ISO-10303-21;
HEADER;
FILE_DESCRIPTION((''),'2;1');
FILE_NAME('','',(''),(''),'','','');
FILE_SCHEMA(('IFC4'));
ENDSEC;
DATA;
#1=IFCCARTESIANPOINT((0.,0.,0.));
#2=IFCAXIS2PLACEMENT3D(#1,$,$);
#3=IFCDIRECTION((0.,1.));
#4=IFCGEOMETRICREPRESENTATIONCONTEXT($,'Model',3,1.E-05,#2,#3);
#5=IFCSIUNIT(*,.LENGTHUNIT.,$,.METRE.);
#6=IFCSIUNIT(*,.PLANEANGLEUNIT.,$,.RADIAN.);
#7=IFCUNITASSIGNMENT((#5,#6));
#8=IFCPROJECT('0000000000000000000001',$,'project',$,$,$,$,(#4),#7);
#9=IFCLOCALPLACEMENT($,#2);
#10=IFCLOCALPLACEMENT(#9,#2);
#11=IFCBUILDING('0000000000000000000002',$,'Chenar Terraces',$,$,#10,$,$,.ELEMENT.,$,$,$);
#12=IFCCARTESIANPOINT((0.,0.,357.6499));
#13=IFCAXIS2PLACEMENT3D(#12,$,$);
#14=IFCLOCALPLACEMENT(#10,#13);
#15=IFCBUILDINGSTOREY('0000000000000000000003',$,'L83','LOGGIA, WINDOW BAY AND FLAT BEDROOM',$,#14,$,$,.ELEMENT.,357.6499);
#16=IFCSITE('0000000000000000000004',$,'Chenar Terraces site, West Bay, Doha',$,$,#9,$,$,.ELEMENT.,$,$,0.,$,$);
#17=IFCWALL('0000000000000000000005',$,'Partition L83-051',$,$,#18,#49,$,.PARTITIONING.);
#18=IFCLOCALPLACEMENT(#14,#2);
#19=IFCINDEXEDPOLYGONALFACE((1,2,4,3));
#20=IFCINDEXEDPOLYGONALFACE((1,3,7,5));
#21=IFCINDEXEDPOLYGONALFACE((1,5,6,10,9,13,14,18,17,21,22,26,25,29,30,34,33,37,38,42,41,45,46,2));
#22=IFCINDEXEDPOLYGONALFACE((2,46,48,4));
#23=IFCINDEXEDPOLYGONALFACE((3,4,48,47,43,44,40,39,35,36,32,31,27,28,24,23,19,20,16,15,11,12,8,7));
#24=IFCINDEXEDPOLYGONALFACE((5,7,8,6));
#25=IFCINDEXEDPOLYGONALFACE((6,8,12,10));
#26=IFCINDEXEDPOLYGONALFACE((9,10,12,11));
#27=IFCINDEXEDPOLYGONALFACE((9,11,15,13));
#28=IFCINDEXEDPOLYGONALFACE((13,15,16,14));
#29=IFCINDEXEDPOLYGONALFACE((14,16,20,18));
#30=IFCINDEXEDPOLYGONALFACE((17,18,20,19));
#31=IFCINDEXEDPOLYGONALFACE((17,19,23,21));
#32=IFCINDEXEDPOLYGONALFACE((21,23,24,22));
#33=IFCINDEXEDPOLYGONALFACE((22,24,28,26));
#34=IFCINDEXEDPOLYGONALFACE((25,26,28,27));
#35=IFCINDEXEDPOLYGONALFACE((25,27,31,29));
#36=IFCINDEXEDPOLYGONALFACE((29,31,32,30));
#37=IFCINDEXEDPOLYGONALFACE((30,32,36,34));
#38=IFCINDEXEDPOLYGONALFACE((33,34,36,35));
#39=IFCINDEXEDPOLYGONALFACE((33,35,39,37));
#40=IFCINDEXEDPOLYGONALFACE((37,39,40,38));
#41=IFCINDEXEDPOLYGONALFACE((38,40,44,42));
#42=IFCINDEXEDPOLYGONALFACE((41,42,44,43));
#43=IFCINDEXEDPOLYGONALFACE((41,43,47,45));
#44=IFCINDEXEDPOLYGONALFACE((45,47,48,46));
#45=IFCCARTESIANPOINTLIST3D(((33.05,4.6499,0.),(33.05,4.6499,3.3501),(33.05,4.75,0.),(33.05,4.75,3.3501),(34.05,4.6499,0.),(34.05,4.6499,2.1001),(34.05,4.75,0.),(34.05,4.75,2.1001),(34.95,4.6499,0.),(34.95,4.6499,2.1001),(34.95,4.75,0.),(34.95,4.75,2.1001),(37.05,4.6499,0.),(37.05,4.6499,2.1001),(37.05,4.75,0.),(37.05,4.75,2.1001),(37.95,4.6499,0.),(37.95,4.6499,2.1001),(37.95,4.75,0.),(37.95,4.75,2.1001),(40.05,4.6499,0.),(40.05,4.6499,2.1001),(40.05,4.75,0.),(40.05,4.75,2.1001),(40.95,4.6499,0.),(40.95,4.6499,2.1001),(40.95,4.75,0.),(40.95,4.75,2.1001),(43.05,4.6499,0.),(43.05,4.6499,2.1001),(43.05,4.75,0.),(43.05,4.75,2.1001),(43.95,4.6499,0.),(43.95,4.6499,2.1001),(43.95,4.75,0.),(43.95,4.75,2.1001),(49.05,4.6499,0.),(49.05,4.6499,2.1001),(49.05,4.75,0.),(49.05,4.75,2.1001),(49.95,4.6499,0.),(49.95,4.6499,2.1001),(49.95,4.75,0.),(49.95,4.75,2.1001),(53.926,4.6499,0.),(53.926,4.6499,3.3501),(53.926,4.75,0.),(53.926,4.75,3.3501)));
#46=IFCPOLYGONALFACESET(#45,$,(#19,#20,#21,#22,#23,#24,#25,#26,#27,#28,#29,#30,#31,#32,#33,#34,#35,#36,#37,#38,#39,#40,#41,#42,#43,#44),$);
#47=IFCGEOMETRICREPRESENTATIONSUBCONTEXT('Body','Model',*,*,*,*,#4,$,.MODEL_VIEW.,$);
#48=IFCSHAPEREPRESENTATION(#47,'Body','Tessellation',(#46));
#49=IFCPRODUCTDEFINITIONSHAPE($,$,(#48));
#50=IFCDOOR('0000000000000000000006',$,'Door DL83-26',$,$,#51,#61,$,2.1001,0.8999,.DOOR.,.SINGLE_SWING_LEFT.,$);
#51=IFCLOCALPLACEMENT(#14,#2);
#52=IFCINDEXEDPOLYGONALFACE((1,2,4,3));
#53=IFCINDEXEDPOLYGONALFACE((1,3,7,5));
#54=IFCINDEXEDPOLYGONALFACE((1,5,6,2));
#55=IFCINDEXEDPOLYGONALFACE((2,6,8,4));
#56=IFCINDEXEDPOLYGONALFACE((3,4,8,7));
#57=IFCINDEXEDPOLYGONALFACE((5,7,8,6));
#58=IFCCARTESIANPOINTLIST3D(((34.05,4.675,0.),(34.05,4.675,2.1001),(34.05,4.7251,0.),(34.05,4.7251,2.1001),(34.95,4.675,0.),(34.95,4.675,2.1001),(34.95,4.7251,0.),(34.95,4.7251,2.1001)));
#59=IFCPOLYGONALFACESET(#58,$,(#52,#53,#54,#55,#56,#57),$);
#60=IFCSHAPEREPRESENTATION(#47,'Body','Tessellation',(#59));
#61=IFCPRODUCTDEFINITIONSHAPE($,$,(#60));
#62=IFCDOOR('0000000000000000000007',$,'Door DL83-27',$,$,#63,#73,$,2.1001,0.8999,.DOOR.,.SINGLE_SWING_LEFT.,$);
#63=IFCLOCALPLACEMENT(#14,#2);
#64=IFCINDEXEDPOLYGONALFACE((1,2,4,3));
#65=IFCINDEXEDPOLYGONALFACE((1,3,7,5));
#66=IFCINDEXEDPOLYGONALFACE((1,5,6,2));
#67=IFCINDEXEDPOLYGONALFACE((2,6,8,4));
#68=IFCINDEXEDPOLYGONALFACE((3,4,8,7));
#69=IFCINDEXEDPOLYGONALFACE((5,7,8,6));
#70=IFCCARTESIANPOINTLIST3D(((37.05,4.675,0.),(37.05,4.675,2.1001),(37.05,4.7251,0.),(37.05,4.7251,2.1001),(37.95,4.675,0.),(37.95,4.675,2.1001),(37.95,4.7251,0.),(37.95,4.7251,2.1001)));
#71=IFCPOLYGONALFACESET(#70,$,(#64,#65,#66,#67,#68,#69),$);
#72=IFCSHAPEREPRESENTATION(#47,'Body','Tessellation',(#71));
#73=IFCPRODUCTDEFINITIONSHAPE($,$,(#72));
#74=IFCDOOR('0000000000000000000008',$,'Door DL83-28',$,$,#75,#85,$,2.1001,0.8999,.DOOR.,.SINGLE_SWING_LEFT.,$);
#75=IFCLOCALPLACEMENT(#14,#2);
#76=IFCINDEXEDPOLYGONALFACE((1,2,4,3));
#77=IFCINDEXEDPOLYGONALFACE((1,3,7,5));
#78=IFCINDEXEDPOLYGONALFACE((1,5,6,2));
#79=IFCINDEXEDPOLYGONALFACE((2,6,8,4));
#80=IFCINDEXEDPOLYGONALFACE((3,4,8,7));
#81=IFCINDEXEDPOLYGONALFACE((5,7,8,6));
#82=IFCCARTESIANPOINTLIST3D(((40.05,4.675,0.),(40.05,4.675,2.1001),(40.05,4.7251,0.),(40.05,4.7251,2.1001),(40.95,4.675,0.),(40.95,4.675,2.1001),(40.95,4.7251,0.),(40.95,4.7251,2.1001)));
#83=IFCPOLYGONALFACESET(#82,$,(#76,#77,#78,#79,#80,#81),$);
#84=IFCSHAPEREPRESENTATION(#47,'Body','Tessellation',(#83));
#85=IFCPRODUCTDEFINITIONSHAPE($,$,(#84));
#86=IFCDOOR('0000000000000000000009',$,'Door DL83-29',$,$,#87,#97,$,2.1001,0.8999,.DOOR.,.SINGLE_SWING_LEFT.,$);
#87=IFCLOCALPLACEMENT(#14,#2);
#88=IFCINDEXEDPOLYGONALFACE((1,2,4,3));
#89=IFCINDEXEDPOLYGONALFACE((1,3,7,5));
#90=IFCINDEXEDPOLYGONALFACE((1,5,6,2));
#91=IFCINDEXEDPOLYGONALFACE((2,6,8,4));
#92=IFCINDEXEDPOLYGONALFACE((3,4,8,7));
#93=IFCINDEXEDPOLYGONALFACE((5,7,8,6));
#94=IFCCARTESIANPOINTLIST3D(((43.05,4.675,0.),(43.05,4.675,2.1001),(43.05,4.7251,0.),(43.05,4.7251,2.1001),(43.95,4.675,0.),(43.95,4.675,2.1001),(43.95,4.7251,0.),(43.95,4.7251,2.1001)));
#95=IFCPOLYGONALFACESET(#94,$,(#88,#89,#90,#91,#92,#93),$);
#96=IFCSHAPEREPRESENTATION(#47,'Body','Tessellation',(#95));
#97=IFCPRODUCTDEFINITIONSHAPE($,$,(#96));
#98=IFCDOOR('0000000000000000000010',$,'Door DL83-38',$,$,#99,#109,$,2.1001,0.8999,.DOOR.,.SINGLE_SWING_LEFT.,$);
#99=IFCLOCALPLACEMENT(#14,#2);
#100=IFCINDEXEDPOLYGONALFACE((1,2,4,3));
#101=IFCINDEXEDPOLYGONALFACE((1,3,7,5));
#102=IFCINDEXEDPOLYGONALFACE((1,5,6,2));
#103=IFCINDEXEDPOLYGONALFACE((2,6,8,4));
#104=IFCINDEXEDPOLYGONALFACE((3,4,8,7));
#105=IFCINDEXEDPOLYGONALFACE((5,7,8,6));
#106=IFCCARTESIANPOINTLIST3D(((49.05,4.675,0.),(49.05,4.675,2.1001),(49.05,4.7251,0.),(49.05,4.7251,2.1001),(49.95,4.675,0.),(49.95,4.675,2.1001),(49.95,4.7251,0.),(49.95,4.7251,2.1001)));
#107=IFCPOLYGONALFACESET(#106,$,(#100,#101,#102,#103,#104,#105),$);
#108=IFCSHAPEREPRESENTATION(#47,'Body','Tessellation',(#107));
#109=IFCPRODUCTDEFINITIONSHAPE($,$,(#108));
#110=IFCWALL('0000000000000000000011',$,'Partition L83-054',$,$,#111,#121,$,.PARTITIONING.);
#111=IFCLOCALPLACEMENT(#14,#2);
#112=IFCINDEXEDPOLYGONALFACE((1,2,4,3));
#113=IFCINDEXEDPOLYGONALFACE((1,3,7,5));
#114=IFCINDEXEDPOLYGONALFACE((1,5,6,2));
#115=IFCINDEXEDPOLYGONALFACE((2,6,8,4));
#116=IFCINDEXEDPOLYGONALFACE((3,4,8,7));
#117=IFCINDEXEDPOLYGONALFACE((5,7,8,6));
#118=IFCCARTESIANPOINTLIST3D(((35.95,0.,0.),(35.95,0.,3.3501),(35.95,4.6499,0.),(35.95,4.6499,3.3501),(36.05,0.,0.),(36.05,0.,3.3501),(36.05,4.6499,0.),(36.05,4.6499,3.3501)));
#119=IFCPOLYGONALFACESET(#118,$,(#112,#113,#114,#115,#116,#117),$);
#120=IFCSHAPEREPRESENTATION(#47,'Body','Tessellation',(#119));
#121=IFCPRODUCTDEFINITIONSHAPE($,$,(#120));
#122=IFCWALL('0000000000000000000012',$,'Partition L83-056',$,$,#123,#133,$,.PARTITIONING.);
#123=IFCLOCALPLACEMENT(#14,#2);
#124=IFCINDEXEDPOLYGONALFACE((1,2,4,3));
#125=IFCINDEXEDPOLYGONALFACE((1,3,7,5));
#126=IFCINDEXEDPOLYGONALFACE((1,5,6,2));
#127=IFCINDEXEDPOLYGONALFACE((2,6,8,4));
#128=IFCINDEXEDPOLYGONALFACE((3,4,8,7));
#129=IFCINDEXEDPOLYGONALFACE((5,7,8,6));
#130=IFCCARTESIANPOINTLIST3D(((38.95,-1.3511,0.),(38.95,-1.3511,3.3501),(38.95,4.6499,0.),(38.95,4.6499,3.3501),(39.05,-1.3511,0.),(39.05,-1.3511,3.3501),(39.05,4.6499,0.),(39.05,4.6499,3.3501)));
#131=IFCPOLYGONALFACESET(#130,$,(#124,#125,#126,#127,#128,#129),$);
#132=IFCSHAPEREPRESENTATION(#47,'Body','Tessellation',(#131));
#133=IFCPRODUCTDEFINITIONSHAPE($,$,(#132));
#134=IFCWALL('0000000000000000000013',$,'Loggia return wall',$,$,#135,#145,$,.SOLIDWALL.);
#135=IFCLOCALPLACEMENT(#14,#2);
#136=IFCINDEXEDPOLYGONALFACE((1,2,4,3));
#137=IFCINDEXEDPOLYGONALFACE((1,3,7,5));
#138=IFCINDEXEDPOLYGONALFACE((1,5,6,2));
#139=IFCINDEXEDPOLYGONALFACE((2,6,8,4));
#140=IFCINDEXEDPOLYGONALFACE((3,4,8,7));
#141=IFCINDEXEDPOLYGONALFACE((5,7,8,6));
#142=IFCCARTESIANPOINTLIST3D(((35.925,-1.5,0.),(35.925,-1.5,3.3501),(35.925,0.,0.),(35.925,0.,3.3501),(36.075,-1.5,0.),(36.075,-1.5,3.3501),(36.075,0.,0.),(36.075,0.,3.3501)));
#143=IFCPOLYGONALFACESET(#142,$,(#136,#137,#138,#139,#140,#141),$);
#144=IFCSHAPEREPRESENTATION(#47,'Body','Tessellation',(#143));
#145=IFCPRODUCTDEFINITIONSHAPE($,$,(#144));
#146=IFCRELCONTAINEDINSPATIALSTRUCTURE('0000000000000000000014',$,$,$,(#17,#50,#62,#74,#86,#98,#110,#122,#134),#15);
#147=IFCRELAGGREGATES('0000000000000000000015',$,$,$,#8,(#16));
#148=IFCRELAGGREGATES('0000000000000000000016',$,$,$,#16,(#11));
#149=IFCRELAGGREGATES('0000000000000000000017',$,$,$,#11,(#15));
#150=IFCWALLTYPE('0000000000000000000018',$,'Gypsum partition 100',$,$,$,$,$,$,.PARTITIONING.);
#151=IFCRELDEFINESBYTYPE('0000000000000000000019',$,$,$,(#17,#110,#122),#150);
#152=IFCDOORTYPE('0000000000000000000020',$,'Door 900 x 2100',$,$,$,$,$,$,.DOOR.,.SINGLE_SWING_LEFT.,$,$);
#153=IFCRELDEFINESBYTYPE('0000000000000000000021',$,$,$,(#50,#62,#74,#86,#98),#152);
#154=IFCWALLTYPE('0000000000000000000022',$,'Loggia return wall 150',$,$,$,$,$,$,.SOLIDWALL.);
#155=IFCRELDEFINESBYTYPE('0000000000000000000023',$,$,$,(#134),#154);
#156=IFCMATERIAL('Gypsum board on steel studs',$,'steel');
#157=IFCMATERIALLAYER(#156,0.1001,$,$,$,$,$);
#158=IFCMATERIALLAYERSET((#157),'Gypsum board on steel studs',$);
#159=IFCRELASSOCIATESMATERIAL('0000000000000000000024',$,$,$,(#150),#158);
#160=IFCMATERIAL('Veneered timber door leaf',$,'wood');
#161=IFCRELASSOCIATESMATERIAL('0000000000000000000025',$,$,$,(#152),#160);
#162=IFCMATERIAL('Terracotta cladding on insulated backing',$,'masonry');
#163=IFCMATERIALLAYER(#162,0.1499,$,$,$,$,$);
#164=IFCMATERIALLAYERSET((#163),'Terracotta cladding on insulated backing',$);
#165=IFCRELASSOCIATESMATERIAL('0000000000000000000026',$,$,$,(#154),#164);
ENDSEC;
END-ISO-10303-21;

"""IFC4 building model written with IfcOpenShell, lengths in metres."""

from ifc_helpers import new_model, si_unit, direction, frame, frame_2d, origin, place, context, subcontext, project, spatial, rectangle, extrude, material, layer, layer_set, type_object, element, fill, save


model = new_model("IFC4")

# Units and contexts
model_context = context("Model", 3, precision=1e-05, world=origin(), true_north=direction((0.0, 1.0)))
body_context = subcontext(model_context, "Body", "Model", "MODEL_VIEW")
ifc_project = project(units=[si_unit("LENGTHUNIT", "METRE"), si_unit("PLANEANGLEUNIT", "RADIAN")], contexts=[model_context])

# Site, building, storey
site_placement = place(None, origin())
site = spatial("IfcSite", under=ifc_project, at=site_placement, Name="Chenar Terraces site, West Bay, Doha", CompositionType="ELEMENT", RefElevation=0.0)
building_placement = place(site_placement, origin())
building = spatial("IfcBuilding", under=site, at=building_placement, Name="Chenar Terraces", CompositionType="ELEMENT")
storey_placement = place(building_placement, frame((0.0, 0.0, 357.6499)))
storey = spatial("IfcBuildingStorey", under=building, at=storey_placement, Name="L83", Description="LOGGIA, WINDOW BAY AND FLAT BEDROOM", CompositionType="ELEMENT", Elevation=357.6499)

# Shared definitions
ifc_material_1 = material(Name="Gypsum board on steel studs", Category="steel")
ifc_layer_1 = layer(ifc_material_1, 0.1001)
ifc_layer_set_1 = layer_set([ifc_layer_1], Name="Gypsum board on steel studs")
wall_type_1 = type_object("IfcWallType", Name="Gypsum partition 100", PredefinedType="PARTITIONING", material=ifc_layer_set_1)
ifc_material_2 = material(Name="Veneered timber door leaf", Category="wood")
door_type = type_object("IfcDoorType", Name="Door 900 x 2100", OperationType="SINGLE_SWING_LEFT", PredefinedType="DOOR", material=ifc_material_2)

# Wall, openings, doors
wall_1_placement = place(storey_placement, frame((33.05, 4.7, 0.0), z_axis=(0.0, 0.0, 1.0), x_axis=(1.0, 0.0, 0.0)))
wall_1 = element("IfcWall", 1, at=wall_1_placement, inside=storey, type_object=wall_type_1, Name="Partition L83-051", PredefinedType="PARTITIONING", context=body_context, shape_type="SweptSolid", body=[
    extrude(rectangle(XDim=20.876, YDim=0.1001, at=frame_2d((10.438, 0.0))), origin(), (0.0, 0.0, 1.0), 3.3501),
])
opening_1_placement = place(wall_1_placement, frame((1.0, 0.0, 0.0)))
opening_1 = element("IfcOpeningElement", 2, at=opening_1_placement, cuts=wall_1, PredefinedType="OPENING", context=body_context, shape_type="SweptSolid", body=[
    extrude(rectangle(XDim=0.8999, YDim=2.1001, at=frame_2d((0.45, 1.05))), frame((0.0, 0.0601, 0.0), z_axis=(0.0, -1.0, 0.0), x_axis=(1.0, 0.0, 0.0)), (0.0, 0.0, 1.0), 0.1201),
])
opening_2_placement = place(wall_1_placement, frame((4.0, 0.0, 0.0)))
opening_2 = element("IfcOpeningElement", 3, at=opening_2_placement, cuts=wall_1, PredefinedType="OPENING", context=body_context, shape_type="SweptSolid", body=[
    extrude(rectangle(XDim=0.8999, YDim=2.1001, at=frame_2d((0.45, 1.05))), frame((0.0, 0.0601, 0.0), z_axis=(0.0, -1.0, 0.0), x_axis=(1.0, 0.0, 0.0)), (0.0, 0.0, 1.0), 0.1201),
])
opening_3_placement = place(wall_1_placement, frame((7.0, 0.0, 0.0)))
opening_3 = element("IfcOpeningElement", 4, at=opening_3_placement, cuts=wall_1, PredefinedType="OPENING", context=body_context, shape_type="SweptSolid", body=[
    extrude(rectangle(XDim=0.8999, YDim=2.1001, at=frame_2d((0.45, 1.05))), frame((0.0, 0.0601, 0.0), z_axis=(0.0, -1.0, 0.0), x_axis=(1.0, 0.0, 0.0)), (0.0, 0.0, 1.0), 0.1201),
])
opening_4_placement = place(wall_1_placement, frame((10.0, 0.0, 0.0)))
opening_4 = element("IfcOpeningElement", 5, at=opening_4_placement, cuts=wall_1, PredefinedType="OPENING", context=body_context, shape_type="SweptSolid", body=[
    extrude(rectangle(XDim=0.8999, YDim=2.1001, at=frame_2d((0.45, 1.05))), frame((0.0, 0.0601, 0.0), z_axis=(0.0, -1.0, 0.0), x_axis=(1.0, 0.0, 0.0)), (0.0, 0.0, 1.0), 0.1201),
])
opening_5_placement = place(wall_1_placement, frame((16.0, 0.0, 0.0)))
opening_5 = element("IfcOpeningElement", 6, at=opening_5_placement, cuts=wall_1, PredefinedType="OPENING", context=body_context, shape_type="SweptSolid", body=[
    extrude(rectangle(XDim=0.8999, YDim=2.1001, at=frame_2d((0.45, 1.05))), frame((0.0, 0.0601, 0.0), z_axis=(0.0, -1.0, 0.0), x_axis=(1.0, 0.0, 0.0)), (0.0, 0.0, 1.0), 0.1201),
])
door_1_placement = place(opening_1_placement, frame((0.8999, 0.0, 0.0), z_axis=(0.0, 0.0, 1.0), x_axis=(-1.0, 0.0, 0.0)))
door_1 = element("IfcDoor", 7, at=door_1_placement, inside=storey, type_object=door_type, Name="Door DL83-26", OperationType="SINGLE_SWING_LEFT", OverallHeight=2.1001, OverallWidth=0.8999, PredefinedType="DOOR", context=body_context, shape_type="SweptSolid", body=[
    extrude(rectangle(XDim=0.8999, YDim=2.1001, at=frame_2d((0.45, 1.05))), frame((0.0, 0.0249, 0.0), z_axis=(0.0, -1.0, 0.0), x_axis=(1.0, 0.0, 0.0)), (0.0, 0.0, 1.0), 0.05),
])
fill(opening_1, door_1)
door_2_placement = place(opening_2_placement, frame((0.8999, 0.0, 0.0), z_axis=(0.0, 0.0, 1.0), x_axis=(-1.0, 0.0, 0.0)))
door_2 = element("IfcDoor", 8, at=door_2_placement, inside=storey, type_object=door_type, Name="Door DL83-27", OperationType="SINGLE_SWING_LEFT", OverallHeight=2.1001, OverallWidth=0.8999, PredefinedType="DOOR", context=body_context, shape_type="SweptSolid", body=[
    extrude(rectangle(XDim=0.8999, YDim=2.1001, at=frame_2d((0.45, 1.05))), frame((0.0, 0.0249, 0.0), z_axis=(0.0, -1.0, 0.0), x_axis=(1.0, 0.0, 0.0)), (0.0, 0.0, 1.0), 0.05),
])
fill(opening_2, door_2)
door_3_placement = place(opening_3_placement, frame((0.8999, 0.0, 0.0), z_axis=(0.0, 0.0, 1.0), x_axis=(-1.0, 0.0, 0.0)))
door_3 = element("IfcDoor", 9, at=door_3_placement, inside=storey, type_object=door_type, Name="Door DL83-28", OperationType="SINGLE_SWING_LEFT", OverallHeight=2.1001, OverallWidth=0.8999, PredefinedType="DOOR", context=body_context, shape_type="SweptSolid", body=[
    extrude(rectangle(XDim=0.8999, YDim=2.1001, at=frame_2d((0.45, 1.05))), frame((0.0, 0.0249, 0.0), z_axis=(0.0, -1.0, 0.0), x_axis=(1.0, 0.0, 0.0)), (0.0, 0.0, 1.0), 0.05),
])
fill(opening_3, door_3)
door_4_placement = place(opening_4_placement, frame((0.8999, 0.0, 0.0), z_axis=(0.0, 0.0, 1.0), x_axis=(-1.0, 0.0, 0.0)))
door_4 = element("IfcDoor", 10, at=door_4_placement, inside=storey, type_object=door_type, Name="Door DL83-29", OperationType="SINGLE_SWING_LEFT", OverallHeight=2.1001, OverallWidth=0.8999, PredefinedType="DOOR", context=body_context, shape_type="SweptSolid", body=[
    extrude(rectangle(XDim=0.8999, YDim=2.1001, at=frame_2d((0.45, 1.05))), frame((0.0, 0.0249, 0.0), z_axis=(0.0, -1.0, 0.0), x_axis=(1.0, 0.0, 0.0)), (0.0, 0.0, 1.0), 0.05),
])
fill(opening_4, door_4)
door_5_placement = place(opening_5_placement, frame((0.8999, 0.0, 0.0), z_axis=(0.0, 0.0, 1.0), x_axis=(-1.0, 0.0, 0.0)))
door_5 = element("IfcDoor", 11, at=door_5_placement, inside=storey, type_object=door_type, Name="Door DL83-38", OperationType="SINGLE_SWING_LEFT", OverallHeight=2.1001, OverallWidth=0.8999, PredefinedType="DOOR", context=body_context, shape_type="SweptSolid", body=[
    extrude(rectangle(XDim=0.8999, YDim=2.1001, at=frame_2d((0.45, 1.05))), frame((0.0, 0.0249, 0.0), z_axis=(0.0, -1.0, 0.0), x_axis=(1.0, 0.0, 0.0)), (0.0, 0.0, 1.0), 0.05),
])
fill(opening_5, door_5)

# Walls
wall_2_placement = place(storey_placement, frame((36.0, 0.0, 0.0), z_axis=(0.0, 0.0, 1.0), x_axis=(0.0, 1.0, 0.0)))
element("IfcWall", 12, at=wall_2_placement, inside=storey, type_object=wall_type_1, Name="Partition L83-054", PredefinedType="PARTITIONING", context=body_context, shape_type="SweptSolid", body=[
    extrude(rectangle(XDim=4.6499, YDim=0.1001, at=frame_2d((2.325, 0.0))), origin(), (0.0, 0.0, 1.0), 3.3501),
])
wall_3_placement = place(storey_placement, frame((39.0, -1.3511, 0.0), z_axis=(0.0, 0.0, 1.0), x_axis=(0.0, 1.0, 0.0)))
element("IfcWall", 13, at=wall_3_placement, inside=storey, type_object=wall_type_1, Name="Partition L83-056", PredefinedType="PARTITIONING", context=body_context, shape_type="SweptSolid", body=[
    extrude(rectangle(XDim=6.001, YDim=0.1001, at=frame_2d((3.0005, 0.0))), origin(), (0.0, 0.0, 1.0), 3.3501),
])
ifc_material_3 = material(Name="Terracotta cladding on insulated backing", Category="masonry")
ifc_layer_2 = layer(ifc_material_3, 0.1499)
ifc_layer_set_2 = layer_set([ifc_layer_2], Name="Terracotta cladding on insulated backing")
wall_type_2 = type_object("IfcWallType", Name="Loggia return wall 150", PredefinedType="SOLIDWALL", material=ifc_layer_set_2)
wall_4_placement = place(storey_placement, frame((36.0, -1.5, 0.0), z_axis=(0.0, 0.0, 1.0), x_axis=(0.0, 1.0, 0.0)))
element("IfcWall", 14, at=wall_4_placement, inside=storey, type_object=wall_type_2, Name="Loggia return wall", PredefinedType="SOLIDWALL", context=body_context, shape_type="SweptSolid", body=[
    extrude(rectangle(XDim=1.5, YDim=0.1499, at=frame_2d((0.75, 0.0))), origin(), (0.0, 0.0, 1.0), 3.3501),
])

save(model, "model.ifc")
